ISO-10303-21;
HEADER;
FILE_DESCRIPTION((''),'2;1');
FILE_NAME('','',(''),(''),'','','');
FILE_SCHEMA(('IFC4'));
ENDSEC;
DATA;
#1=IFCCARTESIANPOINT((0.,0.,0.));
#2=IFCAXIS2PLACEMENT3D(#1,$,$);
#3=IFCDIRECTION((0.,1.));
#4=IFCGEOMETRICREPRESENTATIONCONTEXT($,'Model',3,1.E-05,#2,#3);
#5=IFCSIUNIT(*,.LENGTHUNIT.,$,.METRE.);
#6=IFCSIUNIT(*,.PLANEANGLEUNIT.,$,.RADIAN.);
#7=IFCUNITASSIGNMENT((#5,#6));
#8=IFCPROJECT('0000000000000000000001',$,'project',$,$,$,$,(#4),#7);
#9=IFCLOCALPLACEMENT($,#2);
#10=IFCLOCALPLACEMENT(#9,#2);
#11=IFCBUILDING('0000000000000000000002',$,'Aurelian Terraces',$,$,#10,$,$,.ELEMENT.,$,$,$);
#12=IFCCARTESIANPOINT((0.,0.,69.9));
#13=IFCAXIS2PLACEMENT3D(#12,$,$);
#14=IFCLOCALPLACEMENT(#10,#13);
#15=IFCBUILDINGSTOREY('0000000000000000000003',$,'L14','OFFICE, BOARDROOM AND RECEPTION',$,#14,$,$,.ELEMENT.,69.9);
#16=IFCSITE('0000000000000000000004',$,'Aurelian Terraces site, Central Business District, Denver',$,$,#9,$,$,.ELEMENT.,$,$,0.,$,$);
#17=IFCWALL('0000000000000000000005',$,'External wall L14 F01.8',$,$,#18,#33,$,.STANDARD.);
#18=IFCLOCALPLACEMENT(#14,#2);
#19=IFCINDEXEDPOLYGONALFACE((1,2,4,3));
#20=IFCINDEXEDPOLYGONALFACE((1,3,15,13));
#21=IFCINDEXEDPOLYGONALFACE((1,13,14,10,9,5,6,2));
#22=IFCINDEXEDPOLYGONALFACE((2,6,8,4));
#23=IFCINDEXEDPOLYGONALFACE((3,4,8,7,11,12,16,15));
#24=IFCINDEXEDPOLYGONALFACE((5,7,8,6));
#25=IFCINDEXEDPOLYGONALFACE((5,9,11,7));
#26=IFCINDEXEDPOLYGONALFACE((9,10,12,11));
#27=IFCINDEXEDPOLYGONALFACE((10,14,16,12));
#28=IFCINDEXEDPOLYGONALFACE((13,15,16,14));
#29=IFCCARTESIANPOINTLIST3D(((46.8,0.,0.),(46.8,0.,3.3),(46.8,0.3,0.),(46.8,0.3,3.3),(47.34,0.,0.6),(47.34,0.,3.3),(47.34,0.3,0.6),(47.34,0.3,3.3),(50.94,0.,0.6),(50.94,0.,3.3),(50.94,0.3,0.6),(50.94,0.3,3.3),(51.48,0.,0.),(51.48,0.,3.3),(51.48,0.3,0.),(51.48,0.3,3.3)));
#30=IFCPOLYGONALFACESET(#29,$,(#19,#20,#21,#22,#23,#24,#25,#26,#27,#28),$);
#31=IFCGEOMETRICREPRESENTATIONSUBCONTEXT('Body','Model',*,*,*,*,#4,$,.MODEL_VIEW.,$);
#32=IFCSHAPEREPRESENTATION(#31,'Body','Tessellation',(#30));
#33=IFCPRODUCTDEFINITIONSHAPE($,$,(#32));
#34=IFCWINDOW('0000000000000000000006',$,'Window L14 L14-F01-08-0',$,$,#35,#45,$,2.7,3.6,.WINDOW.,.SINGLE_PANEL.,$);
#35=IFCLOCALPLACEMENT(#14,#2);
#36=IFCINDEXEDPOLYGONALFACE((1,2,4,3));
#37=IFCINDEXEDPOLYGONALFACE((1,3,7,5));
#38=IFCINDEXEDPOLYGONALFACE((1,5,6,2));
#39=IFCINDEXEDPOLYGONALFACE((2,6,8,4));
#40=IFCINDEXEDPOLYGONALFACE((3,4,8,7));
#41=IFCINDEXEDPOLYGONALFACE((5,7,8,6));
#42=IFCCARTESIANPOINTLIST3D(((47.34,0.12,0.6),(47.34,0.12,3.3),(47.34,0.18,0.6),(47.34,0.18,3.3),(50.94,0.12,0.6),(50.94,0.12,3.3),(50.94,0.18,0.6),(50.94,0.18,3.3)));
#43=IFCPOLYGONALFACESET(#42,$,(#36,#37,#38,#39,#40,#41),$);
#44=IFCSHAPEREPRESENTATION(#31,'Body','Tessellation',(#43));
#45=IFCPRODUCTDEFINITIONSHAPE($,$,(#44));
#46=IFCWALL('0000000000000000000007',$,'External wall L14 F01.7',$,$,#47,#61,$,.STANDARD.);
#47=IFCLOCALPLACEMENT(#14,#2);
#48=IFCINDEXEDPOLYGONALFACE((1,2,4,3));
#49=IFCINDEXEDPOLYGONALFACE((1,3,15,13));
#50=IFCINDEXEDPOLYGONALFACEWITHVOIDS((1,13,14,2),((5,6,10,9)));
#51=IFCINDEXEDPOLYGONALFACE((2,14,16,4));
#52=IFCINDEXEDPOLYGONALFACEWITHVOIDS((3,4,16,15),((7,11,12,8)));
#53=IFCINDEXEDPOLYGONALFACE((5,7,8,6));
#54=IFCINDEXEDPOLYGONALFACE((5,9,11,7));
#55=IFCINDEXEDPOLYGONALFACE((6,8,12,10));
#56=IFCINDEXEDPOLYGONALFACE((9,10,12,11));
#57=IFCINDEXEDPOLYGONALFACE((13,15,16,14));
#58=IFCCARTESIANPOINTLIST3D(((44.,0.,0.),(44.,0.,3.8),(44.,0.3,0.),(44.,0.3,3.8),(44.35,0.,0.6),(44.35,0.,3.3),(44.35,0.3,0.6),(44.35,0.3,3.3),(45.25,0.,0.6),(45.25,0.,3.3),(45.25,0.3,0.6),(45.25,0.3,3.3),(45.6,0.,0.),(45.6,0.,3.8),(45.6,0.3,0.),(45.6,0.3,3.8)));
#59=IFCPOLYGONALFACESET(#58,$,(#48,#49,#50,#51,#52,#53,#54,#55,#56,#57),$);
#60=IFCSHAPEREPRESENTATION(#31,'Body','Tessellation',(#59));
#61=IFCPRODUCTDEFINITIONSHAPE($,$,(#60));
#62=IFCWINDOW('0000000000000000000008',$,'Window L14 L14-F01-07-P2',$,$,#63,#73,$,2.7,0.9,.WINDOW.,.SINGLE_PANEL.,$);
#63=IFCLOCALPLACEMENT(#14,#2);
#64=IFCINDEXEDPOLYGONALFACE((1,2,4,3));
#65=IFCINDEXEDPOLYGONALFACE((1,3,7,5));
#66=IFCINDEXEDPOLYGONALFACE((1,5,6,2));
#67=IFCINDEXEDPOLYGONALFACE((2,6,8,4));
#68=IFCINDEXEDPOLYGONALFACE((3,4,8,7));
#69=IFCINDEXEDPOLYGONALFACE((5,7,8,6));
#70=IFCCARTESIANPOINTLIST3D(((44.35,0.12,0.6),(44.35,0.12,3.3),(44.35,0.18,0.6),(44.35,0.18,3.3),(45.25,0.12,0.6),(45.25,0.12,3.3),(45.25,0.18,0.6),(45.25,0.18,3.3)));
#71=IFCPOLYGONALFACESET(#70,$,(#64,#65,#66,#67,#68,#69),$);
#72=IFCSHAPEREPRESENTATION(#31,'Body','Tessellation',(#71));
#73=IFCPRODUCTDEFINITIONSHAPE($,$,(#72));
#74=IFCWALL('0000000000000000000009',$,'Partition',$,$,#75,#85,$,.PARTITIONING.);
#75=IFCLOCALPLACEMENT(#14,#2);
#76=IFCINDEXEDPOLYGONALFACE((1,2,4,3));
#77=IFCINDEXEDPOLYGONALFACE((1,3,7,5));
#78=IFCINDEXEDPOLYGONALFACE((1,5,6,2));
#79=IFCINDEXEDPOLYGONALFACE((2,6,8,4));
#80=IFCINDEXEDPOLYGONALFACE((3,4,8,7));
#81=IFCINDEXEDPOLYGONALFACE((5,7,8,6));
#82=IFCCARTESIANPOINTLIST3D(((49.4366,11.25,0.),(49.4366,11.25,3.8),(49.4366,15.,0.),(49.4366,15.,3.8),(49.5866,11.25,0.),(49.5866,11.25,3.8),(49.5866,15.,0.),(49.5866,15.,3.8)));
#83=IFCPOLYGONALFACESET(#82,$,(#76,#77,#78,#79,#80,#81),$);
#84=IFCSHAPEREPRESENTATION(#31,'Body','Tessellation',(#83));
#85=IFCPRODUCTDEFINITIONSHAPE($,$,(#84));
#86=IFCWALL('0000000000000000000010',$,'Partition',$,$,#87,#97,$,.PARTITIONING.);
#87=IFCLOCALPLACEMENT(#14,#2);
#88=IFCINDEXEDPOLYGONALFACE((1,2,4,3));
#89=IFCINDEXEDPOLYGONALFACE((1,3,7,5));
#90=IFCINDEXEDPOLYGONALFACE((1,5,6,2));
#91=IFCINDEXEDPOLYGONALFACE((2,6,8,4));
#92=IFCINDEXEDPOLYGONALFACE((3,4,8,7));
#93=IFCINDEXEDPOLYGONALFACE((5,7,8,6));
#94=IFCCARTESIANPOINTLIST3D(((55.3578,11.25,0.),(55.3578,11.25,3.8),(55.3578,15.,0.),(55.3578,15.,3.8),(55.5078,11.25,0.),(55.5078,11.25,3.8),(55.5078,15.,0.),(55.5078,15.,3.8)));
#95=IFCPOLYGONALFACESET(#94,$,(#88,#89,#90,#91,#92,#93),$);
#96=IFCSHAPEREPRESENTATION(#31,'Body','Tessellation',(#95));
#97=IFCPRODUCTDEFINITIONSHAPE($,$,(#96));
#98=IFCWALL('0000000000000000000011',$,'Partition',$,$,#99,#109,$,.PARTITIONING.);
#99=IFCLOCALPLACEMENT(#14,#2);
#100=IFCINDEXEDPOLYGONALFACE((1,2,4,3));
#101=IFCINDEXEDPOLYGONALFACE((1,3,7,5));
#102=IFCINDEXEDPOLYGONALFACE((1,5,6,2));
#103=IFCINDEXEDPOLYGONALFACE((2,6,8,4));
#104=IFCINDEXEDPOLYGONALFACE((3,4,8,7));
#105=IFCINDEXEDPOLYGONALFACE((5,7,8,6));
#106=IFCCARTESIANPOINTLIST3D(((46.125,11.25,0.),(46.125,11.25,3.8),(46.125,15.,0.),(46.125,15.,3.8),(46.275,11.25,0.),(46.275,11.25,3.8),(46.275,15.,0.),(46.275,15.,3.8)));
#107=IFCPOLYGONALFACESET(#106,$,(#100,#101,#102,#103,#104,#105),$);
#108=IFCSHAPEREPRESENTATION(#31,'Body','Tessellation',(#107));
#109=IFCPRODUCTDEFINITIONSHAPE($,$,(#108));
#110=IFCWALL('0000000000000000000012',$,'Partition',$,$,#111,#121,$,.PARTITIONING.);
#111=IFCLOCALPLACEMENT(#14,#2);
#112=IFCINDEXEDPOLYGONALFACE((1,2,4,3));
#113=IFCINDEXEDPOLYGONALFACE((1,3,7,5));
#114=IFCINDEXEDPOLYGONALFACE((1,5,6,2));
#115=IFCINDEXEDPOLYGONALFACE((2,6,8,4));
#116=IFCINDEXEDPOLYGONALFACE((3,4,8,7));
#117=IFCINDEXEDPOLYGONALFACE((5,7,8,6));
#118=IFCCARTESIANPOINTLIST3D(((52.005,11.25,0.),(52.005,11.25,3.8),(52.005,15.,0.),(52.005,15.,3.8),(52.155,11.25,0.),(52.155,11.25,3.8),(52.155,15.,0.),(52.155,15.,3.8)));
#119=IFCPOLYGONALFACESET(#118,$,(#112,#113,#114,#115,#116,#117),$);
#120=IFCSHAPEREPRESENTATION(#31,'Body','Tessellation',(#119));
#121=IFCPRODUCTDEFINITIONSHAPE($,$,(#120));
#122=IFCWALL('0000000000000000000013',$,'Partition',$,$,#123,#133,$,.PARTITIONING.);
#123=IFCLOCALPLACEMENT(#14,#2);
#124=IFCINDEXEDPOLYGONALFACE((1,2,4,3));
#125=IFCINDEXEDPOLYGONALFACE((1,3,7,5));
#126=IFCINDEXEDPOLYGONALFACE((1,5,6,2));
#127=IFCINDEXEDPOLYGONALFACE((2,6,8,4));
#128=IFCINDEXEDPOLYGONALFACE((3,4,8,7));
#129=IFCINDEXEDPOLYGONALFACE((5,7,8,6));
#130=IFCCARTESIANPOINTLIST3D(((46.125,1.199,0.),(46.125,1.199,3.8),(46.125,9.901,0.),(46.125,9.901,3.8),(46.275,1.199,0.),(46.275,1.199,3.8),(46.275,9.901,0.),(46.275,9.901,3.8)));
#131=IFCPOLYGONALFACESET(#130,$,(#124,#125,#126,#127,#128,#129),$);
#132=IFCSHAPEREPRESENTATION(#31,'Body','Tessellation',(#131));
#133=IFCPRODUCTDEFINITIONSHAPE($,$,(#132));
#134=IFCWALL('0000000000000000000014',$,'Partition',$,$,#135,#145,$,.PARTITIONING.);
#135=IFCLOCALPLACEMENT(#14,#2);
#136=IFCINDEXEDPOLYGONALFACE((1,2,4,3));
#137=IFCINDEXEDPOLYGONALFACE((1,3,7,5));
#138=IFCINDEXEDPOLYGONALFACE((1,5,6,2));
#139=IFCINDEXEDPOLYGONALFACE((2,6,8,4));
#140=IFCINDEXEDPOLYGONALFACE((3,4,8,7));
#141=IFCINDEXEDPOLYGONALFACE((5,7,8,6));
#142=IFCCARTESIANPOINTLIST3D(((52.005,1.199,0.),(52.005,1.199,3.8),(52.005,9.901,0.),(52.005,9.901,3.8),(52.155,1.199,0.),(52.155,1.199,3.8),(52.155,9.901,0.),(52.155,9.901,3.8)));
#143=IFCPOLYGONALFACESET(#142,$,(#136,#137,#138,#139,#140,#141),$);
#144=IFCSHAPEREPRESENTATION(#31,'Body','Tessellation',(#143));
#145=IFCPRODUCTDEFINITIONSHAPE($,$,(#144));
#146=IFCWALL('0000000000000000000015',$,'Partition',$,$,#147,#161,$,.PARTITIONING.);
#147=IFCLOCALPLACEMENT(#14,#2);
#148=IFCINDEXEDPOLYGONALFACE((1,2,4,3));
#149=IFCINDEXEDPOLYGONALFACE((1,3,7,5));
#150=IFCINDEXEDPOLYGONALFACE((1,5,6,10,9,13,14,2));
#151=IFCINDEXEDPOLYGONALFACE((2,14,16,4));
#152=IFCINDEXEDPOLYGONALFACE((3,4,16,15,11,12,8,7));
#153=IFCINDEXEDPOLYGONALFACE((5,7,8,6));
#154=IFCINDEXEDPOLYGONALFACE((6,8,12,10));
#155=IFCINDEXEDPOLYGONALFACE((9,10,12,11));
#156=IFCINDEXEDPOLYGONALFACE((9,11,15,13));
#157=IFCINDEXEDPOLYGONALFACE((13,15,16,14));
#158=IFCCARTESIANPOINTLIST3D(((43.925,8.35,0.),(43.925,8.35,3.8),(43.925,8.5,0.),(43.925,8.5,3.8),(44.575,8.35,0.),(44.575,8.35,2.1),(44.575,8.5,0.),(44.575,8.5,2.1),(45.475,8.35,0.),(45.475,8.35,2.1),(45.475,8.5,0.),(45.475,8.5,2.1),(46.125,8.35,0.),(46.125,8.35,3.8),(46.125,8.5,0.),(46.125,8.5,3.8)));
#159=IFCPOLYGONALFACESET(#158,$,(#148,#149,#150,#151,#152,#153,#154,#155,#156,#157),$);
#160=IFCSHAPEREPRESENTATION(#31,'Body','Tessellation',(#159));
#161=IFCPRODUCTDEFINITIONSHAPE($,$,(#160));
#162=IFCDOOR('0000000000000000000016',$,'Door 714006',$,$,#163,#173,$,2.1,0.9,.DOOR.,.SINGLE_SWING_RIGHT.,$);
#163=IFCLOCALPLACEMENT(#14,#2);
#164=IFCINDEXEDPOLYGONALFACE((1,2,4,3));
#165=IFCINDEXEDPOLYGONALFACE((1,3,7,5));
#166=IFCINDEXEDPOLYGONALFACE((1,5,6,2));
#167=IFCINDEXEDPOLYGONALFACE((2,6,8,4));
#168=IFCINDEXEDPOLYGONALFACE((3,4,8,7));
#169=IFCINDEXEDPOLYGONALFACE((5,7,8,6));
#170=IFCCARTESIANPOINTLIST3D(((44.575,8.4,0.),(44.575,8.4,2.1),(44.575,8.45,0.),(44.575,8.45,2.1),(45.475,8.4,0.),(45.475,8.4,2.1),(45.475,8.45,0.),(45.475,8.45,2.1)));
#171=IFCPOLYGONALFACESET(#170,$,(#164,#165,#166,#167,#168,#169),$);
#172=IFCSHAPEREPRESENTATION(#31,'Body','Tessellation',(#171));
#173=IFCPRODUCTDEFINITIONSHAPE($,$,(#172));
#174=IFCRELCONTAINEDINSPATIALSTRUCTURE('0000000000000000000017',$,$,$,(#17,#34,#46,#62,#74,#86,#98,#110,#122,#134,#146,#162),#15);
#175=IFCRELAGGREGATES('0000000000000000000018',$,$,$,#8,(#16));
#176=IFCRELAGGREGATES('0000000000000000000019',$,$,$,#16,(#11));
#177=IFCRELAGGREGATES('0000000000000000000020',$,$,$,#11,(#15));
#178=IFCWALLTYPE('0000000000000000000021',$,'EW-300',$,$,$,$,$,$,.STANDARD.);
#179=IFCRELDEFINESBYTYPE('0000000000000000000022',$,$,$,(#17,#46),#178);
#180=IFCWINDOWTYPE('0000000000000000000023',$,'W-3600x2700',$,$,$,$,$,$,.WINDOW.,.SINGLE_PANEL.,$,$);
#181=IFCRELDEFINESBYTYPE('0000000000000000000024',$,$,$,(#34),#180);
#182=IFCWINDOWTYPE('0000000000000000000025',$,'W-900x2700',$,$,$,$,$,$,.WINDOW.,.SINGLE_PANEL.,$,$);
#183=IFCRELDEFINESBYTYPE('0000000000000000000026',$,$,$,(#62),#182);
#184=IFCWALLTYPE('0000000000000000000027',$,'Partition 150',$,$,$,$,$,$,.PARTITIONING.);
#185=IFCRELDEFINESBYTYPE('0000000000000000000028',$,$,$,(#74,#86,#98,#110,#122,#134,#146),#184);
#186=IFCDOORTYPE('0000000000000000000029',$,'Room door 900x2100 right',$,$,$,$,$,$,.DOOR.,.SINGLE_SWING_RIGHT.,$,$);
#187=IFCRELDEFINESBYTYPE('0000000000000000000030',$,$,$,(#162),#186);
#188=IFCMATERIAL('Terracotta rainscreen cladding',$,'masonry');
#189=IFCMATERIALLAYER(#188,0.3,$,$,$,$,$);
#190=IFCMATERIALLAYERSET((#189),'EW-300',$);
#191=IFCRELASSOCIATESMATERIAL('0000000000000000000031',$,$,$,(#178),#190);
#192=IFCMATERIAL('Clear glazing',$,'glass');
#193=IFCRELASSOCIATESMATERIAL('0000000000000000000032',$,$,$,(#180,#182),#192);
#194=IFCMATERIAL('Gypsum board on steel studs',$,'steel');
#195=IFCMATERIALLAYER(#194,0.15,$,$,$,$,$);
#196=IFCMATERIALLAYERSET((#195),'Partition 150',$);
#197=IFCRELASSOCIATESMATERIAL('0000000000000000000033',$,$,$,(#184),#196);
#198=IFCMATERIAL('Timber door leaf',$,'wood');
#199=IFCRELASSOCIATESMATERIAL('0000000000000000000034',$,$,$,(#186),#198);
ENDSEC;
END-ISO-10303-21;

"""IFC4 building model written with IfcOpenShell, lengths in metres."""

from ifc_helpers import new_model, si_unit, direction, frame, frame_2d, origin, place, context, subcontext, project, spatial, rectangle, extrude, source, transform, mapped, material, layer, layer_set, type_object, element, fill, save


model = new_model("IFC4")

# Units and contexts
model_context = context("Model", 3, precision=1e-05, world=origin(), true_north=direction((0.0, 1.0)))
body_context = subcontext(model_context, "Body", "Model", "MODEL_VIEW")
ifc_project = project(units=[si_unit("LENGTHUNIT", "METRE"), si_unit("PLANEANGLEUNIT", "RADIAN")], contexts=[model_context])

# Site, building, storey
site_placement = place(None, origin())
site = spatial("IfcSite", under=ifc_project, at=site_placement, Name="Aurelian Terraces site, Central Business District, Denver", CompositionType="ELEMENT", RefElevation=0.0)
building_placement = place(site_placement, origin())
building = spatial("IfcBuilding", under=site, at=building_placement, Name="Aurelian Terraces", CompositionType="ELEMENT")
storey_placement = place(building_placement, frame((0.0, 0.0, 69.9)))
storey = spatial("IfcBuildingStorey", under=building, at=storey_placement, Name="L14", Description="OFFICE, BOARDROOM AND RECEPTION", CompositionType="ELEMENT", Elevation=69.9)

# Walls, openings, windows
ifc_material_1 = material(Name="Terracotta rainscreen cladding", Category="masonry")
ifc_layer_1 = layer(ifc_material_1, 0.3)
ifc_layer_set_1 = layer_set([ifc_layer_1], Name="EW-300")
wall_type_1 = type_object("IfcWallType", Name="EW-300", PredefinedType="STANDARD", material=ifc_layer_set_1)
shared_shape_1 = source(origin(), body_context, "Body", "SweptSolid", [
    extrude(rectangle(XDim=3.6, YDim=2.7, at=frame_2d((1.8, 1.35))), frame((0.0, 0.16, 0.0), z_axis=(0.0, -1.0, 0.0), x_axis=(1.0, 0.0, 0.0)), (0.0, 0.0, 1.0), 0.32),
])
ifc_material_2 = material(Name="Clear glazing", Category="glass")
window_type_1 = type_object("IfcWindowType", Name="W-3600x2700", PartitioningType="SINGLE_PANEL", PredefinedType="WINDOW", material=ifc_material_2)
shared_shape_2 = source(origin(), body_context, "Body", "SweptSolid", [
    extrude(rectangle(XDim=3.6, YDim=2.7, at=frame_2d((1.8, 1.35))), frame((0.0, 0.03, 0.0), z_axis=(0.0, -1.0, 0.0), x_axis=(1.0, 0.0, 0.0)), (0.0, 0.0, 1.0), 0.06),
])
shared_shape_3 = source(origin(), body_context, "Body", "SweptSolid", [
    extrude(rectangle(XDim=4.68, YDim=0.3, at=frame_2d((2.34, 0.0))), origin(), (0.0, 0.0, 1.0), 3.3),
])
wall_1_placement = place(storey_placement, frame((46.8, 0.15, 0.0), z_axis=(0.0, 0.0, 1.0), x_axis=(1.0, 0.0, 0.0)))
wall_1 = element("IfcWall", 1, at=wall_1_placement, inside=storey, type_object=wall_type_1, Name="External wall L14 F01.8", PredefinedType="STANDARD", context=body_context, shape_type="MappedRepresentation", body=[
    mapped(shared_shape_3, transform((0.0, 0.0, 0.0), scale=1.0)),
])
opening_1_placement = place(wall_1_placement, frame((0.54, 0.0, 0.6)))
opening_1 = element("IfcOpeningElement", 2, at=opening_1_placement, cuts=wall_1, PredefinedType="OPENING", context=body_context, shape_type="MappedRepresentation", body=[
    mapped(shared_shape_1, transform((0.0, 0.0, 0.0), scale=1.0)),
])
window_1_placement = place(opening_1_placement, origin())
window_1 = element("IfcWindow", 3, at=window_1_placement, inside=storey, type_object=window_type_1, Name="Window L14 L14-F01-08-0", OverallHeight=2.7, OverallWidth=3.6, PartitioningType="SINGLE_PANEL", PredefinedType="WINDOW", context=body_context, shape_type="MappedRepresentation", body=[
    mapped(shared_shape_2, transform((0.0, 0.0, 0.0), scale=1.0)),
])
fill(opening_1, window_1)
shared_shape_4 = source(origin(), body_context, "Body", "SweptSolid", [
    extrude(rectangle(XDim=1.6, YDim=0.3, at=frame_2d((0.8, 0.0))), origin(), (0.0, 0.0, 1.0), 3.8),
])
wall_2_placement = place(storey_placement, frame((44.0, 0.15, 0.0), z_axis=(0.0, 0.0, 1.0), x_axis=(1.0, 0.0, 0.0)))
wall_2 = element("IfcWall", 4, at=wall_2_placement, inside=storey, type_object=wall_type_1, Name="External wall L14 F01.7", PredefinedType="STANDARD", context=body_context, shape_type="MappedRepresentation", body=[
    mapped(shared_shape_4, transform((0.0, 0.0, 0.0), scale=1.0)),
])
shared_shape_5 = source(origin(), body_context, "Body", "SweptSolid", [
    extrude(rectangle(XDim=0.9, YDim=2.7, at=frame_2d((0.45, 1.35))), frame((0.0, 0.16, 0.0), z_axis=(0.0, -1.0, 0.0), x_axis=(1.0, 0.0, 0.0)), (0.0, 0.0, 1.0), 0.32),
])
opening_2_placement = place(wall_2_placement, frame((0.35, 0.0, 0.6)))
opening_2 = element("IfcOpeningElement", 5, at=opening_2_placement, cuts=wall_2, PredefinedType="OPENING", context=body_context, shape_type="MappedRepresentation", body=[
    mapped(shared_shape_5, transform((0.0, 0.0, 0.0), scale=1.0)),
])
window_type_2 = type_object("IfcWindowType", Name="W-900x2700", PartitioningType="SINGLE_PANEL", PredefinedType="WINDOW", material=ifc_material_2)
shared_shape_6 = source(origin(), body_context, "Body", "SweptSolid", [
    extrude(rectangle(XDim=0.9, YDim=2.7, at=frame_2d((0.45, 1.35))), frame((0.0, 0.03, 0.0), z_axis=(0.0, -1.0, 0.0), x_axis=(1.0, 0.0, 0.0)), (0.0, 0.0, 1.0), 0.06),
])
window_2_placement = place(opening_2_placement, origin())
window_2 = element("IfcWindow", 6, at=window_2_placement, inside=storey, type_object=window_type_2, Name="Window L14 L14-F01-07-P2", OverallHeight=2.7, OverallWidth=0.9, PartitioningType="SINGLE_PANEL", PredefinedType="WINDOW", context=body_context, shape_type="MappedRepresentation", body=[
    mapped(shared_shape_6, transform((0.0, 0.0, 0.0), scale=1.0)),
])
fill(opening_2, window_2)

# Walls
ifc_material_3 = material(Name="Gypsum board on steel studs", Category="steel")
ifc_layer_2 = layer(ifc_material_3, 0.15)
ifc_layer_set_2 = layer_set([ifc_layer_2], Name="Partition 150")
wall_type_2 = type_object("IfcWallType", Name="Partition 150", PredefinedType="PARTITIONING", material=ifc_layer_set_2)
shared_shape_7 = source(origin(), body_context, "Body", "SweptSolid", [
    extrude(rectangle(XDim=3.75, YDim=0.15, at=frame_2d((1.875, 0.0))), origin(), (0.0, 0.0, 1.0), 3.8),
])
for number, where, z_axis, x_axis, name in (
    (7, (49.5116, 11.25, 0.0), (0.0, 0.0, 1.0), (0.0, 1.0, 0.0), "Partition"),
    (8, (55.4328, 11.25, 0.0), (0.0, 0.0, 1.0), (0.0, 1.0, 0.0), "Partition"),
    (9, (46.2, 11.25, 0.0), (0.0, 0.0, 1.0), (0.0, 1.0, 0.0), "Partition"),
    (10, (52.08, 11.25, 0.0), (0.0, 0.0, 1.0), (0.0, 1.0, 0.0), "Partition"),
):
    element("IfcWall", number, at=place(storey_placement, frame(where, z_axis=z_axis, x_axis=x_axis)), inside=storey, type_object=wall_type_2, Name=name, PredefinedType="PARTITIONING", context=body_context, shape_type="MappedRepresentation", body=[
        mapped(shared_shape_7, transform((0.0, 0.0, 0.0), scale=1.0)),
    ])
shared_shape_8 = source(origin(), body_context, "Body", "SweptSolid", [
    extrude(rectangle(XDim=8.702, YDim=0.15, at=frame_2d((4.351, 0.0))), origin(), (0.0, 0.0, 1.0), 3.8),
])
for number, where, z_axis, x_axis, name in (
    (11, (46.2, 1.199, 0.0), (0.0, 0.0, 1.0), (0.0, 1.0, 0.0), "Partition"),
    (12, (52.08, 1.199, 0.0), (0.0, 0.0, 1.0), (0.0, 1.0, 0.0), "Partition"),
):
    element("IfcWall", number, at=place(storey_placement, frame(where, z_axis=z_axis, x_axis=x_axis)), inside=storey, type_object=wall_type_2, Name=name, PredefinedType="PARTITIONING", context=body_context, shape_type="MappedRepresentation", body=[
        mapped(shared_shape_8, transform((0.0, 0.0, 0.0), scale=1.0)),
    ])

# Wall, opening, door
shared_shape_9 = source(origin(), body_context, "Body", "SweptSolid", [
    extrude(rectangle(XDim=2.2, YDim=0.15, at=frame_2d((1.1, 0.0))), origin(), (0.0, 0.0, 1.0), 3.8),
])
wall_3_placement = place(storey_placement, frame((46.125, 8.425, 0.0), z_axis=(0.0, 0.0, 1.0), x_axis=(-1.0, 0.0, 0.0)))
wall_3 = element("IfcWall", 13, at=wall_3_placement, inside=storey, type_object=wall_type_2, Name="Partition", PredefinedType="PARTITIONING", context=body_context, shape_type="MappedRepresentation", body=[
    mapped(shared_shape_9, transform((0.0, 0.0, 0.0), scale=1.0)),
])
shared_shape_10 = source(origin(), body_context, "Body", "SweptSolid", [
    extrude(rectangle(XDim=0.9, YDim=2.1, at=frame_2d((0.45, 1.05))), frame((0.0, 0.085, 0.0), z_axis=(0.0, -1.0, 0.0), x_axis=(1.0, 0.0, 0.0)), (0.0, 0.0, 1.0), 0.17),
])
opening_3_placement = place(wall_3_placement, frame((0.65, 0.0, 0.0)))
opening_3 = element("IfcOpeningElement", 14, at=opening_3_placement, cuts=wall_3, PredefinedType="OPENING", context=body_context, shape_type="MappedRepresentation", body=[
    mapped(shared_shape_10, transform((0.0, 0.0, 0.0), scale=1.0)),
])
ifc_material_4 = material(Name="Timber door leaf", Category="wood")
door_type = type_object("IfcDoorType", Name="Room door 900x2100 right", OperationType="SINGLE_SWING_RIGHT", PredefinedType="DOOR", material=ifc_material_4)
shared_shape_11 = source(origin(), body_context, "Body", "SweptSolid", [
    extrude(rectangle(XDim=0.9, YDim=2.1, at=frame_2d((0.45, 1.05))), frame((0.0, 0.025, 0.0), z_axis=(0.0, -1.0, 0.0), x_axis=(1.0, 0.0, 0.0)), (0.0, 0.0, 1.0), 0.05),
])
door_placement = place(opening_3_placement, origin())
door = element("IfcDoor", 15, at=door_placement, inside=storey, type_object=door_type, Name="Door 714006", OperationType="SINGLE_SWING_RIGHT", OverallHeight=2.1, OverallWidth=0.9, PredefinedType="DOOR", context=body_context, shape_type="MappedRepresentation", body=[
    mapped(shared_shape_11, transform((0.0, 0.0, 0.0), scale=1.0)),
])
fill(opening_3, door)

save(model, "model.ifc")
